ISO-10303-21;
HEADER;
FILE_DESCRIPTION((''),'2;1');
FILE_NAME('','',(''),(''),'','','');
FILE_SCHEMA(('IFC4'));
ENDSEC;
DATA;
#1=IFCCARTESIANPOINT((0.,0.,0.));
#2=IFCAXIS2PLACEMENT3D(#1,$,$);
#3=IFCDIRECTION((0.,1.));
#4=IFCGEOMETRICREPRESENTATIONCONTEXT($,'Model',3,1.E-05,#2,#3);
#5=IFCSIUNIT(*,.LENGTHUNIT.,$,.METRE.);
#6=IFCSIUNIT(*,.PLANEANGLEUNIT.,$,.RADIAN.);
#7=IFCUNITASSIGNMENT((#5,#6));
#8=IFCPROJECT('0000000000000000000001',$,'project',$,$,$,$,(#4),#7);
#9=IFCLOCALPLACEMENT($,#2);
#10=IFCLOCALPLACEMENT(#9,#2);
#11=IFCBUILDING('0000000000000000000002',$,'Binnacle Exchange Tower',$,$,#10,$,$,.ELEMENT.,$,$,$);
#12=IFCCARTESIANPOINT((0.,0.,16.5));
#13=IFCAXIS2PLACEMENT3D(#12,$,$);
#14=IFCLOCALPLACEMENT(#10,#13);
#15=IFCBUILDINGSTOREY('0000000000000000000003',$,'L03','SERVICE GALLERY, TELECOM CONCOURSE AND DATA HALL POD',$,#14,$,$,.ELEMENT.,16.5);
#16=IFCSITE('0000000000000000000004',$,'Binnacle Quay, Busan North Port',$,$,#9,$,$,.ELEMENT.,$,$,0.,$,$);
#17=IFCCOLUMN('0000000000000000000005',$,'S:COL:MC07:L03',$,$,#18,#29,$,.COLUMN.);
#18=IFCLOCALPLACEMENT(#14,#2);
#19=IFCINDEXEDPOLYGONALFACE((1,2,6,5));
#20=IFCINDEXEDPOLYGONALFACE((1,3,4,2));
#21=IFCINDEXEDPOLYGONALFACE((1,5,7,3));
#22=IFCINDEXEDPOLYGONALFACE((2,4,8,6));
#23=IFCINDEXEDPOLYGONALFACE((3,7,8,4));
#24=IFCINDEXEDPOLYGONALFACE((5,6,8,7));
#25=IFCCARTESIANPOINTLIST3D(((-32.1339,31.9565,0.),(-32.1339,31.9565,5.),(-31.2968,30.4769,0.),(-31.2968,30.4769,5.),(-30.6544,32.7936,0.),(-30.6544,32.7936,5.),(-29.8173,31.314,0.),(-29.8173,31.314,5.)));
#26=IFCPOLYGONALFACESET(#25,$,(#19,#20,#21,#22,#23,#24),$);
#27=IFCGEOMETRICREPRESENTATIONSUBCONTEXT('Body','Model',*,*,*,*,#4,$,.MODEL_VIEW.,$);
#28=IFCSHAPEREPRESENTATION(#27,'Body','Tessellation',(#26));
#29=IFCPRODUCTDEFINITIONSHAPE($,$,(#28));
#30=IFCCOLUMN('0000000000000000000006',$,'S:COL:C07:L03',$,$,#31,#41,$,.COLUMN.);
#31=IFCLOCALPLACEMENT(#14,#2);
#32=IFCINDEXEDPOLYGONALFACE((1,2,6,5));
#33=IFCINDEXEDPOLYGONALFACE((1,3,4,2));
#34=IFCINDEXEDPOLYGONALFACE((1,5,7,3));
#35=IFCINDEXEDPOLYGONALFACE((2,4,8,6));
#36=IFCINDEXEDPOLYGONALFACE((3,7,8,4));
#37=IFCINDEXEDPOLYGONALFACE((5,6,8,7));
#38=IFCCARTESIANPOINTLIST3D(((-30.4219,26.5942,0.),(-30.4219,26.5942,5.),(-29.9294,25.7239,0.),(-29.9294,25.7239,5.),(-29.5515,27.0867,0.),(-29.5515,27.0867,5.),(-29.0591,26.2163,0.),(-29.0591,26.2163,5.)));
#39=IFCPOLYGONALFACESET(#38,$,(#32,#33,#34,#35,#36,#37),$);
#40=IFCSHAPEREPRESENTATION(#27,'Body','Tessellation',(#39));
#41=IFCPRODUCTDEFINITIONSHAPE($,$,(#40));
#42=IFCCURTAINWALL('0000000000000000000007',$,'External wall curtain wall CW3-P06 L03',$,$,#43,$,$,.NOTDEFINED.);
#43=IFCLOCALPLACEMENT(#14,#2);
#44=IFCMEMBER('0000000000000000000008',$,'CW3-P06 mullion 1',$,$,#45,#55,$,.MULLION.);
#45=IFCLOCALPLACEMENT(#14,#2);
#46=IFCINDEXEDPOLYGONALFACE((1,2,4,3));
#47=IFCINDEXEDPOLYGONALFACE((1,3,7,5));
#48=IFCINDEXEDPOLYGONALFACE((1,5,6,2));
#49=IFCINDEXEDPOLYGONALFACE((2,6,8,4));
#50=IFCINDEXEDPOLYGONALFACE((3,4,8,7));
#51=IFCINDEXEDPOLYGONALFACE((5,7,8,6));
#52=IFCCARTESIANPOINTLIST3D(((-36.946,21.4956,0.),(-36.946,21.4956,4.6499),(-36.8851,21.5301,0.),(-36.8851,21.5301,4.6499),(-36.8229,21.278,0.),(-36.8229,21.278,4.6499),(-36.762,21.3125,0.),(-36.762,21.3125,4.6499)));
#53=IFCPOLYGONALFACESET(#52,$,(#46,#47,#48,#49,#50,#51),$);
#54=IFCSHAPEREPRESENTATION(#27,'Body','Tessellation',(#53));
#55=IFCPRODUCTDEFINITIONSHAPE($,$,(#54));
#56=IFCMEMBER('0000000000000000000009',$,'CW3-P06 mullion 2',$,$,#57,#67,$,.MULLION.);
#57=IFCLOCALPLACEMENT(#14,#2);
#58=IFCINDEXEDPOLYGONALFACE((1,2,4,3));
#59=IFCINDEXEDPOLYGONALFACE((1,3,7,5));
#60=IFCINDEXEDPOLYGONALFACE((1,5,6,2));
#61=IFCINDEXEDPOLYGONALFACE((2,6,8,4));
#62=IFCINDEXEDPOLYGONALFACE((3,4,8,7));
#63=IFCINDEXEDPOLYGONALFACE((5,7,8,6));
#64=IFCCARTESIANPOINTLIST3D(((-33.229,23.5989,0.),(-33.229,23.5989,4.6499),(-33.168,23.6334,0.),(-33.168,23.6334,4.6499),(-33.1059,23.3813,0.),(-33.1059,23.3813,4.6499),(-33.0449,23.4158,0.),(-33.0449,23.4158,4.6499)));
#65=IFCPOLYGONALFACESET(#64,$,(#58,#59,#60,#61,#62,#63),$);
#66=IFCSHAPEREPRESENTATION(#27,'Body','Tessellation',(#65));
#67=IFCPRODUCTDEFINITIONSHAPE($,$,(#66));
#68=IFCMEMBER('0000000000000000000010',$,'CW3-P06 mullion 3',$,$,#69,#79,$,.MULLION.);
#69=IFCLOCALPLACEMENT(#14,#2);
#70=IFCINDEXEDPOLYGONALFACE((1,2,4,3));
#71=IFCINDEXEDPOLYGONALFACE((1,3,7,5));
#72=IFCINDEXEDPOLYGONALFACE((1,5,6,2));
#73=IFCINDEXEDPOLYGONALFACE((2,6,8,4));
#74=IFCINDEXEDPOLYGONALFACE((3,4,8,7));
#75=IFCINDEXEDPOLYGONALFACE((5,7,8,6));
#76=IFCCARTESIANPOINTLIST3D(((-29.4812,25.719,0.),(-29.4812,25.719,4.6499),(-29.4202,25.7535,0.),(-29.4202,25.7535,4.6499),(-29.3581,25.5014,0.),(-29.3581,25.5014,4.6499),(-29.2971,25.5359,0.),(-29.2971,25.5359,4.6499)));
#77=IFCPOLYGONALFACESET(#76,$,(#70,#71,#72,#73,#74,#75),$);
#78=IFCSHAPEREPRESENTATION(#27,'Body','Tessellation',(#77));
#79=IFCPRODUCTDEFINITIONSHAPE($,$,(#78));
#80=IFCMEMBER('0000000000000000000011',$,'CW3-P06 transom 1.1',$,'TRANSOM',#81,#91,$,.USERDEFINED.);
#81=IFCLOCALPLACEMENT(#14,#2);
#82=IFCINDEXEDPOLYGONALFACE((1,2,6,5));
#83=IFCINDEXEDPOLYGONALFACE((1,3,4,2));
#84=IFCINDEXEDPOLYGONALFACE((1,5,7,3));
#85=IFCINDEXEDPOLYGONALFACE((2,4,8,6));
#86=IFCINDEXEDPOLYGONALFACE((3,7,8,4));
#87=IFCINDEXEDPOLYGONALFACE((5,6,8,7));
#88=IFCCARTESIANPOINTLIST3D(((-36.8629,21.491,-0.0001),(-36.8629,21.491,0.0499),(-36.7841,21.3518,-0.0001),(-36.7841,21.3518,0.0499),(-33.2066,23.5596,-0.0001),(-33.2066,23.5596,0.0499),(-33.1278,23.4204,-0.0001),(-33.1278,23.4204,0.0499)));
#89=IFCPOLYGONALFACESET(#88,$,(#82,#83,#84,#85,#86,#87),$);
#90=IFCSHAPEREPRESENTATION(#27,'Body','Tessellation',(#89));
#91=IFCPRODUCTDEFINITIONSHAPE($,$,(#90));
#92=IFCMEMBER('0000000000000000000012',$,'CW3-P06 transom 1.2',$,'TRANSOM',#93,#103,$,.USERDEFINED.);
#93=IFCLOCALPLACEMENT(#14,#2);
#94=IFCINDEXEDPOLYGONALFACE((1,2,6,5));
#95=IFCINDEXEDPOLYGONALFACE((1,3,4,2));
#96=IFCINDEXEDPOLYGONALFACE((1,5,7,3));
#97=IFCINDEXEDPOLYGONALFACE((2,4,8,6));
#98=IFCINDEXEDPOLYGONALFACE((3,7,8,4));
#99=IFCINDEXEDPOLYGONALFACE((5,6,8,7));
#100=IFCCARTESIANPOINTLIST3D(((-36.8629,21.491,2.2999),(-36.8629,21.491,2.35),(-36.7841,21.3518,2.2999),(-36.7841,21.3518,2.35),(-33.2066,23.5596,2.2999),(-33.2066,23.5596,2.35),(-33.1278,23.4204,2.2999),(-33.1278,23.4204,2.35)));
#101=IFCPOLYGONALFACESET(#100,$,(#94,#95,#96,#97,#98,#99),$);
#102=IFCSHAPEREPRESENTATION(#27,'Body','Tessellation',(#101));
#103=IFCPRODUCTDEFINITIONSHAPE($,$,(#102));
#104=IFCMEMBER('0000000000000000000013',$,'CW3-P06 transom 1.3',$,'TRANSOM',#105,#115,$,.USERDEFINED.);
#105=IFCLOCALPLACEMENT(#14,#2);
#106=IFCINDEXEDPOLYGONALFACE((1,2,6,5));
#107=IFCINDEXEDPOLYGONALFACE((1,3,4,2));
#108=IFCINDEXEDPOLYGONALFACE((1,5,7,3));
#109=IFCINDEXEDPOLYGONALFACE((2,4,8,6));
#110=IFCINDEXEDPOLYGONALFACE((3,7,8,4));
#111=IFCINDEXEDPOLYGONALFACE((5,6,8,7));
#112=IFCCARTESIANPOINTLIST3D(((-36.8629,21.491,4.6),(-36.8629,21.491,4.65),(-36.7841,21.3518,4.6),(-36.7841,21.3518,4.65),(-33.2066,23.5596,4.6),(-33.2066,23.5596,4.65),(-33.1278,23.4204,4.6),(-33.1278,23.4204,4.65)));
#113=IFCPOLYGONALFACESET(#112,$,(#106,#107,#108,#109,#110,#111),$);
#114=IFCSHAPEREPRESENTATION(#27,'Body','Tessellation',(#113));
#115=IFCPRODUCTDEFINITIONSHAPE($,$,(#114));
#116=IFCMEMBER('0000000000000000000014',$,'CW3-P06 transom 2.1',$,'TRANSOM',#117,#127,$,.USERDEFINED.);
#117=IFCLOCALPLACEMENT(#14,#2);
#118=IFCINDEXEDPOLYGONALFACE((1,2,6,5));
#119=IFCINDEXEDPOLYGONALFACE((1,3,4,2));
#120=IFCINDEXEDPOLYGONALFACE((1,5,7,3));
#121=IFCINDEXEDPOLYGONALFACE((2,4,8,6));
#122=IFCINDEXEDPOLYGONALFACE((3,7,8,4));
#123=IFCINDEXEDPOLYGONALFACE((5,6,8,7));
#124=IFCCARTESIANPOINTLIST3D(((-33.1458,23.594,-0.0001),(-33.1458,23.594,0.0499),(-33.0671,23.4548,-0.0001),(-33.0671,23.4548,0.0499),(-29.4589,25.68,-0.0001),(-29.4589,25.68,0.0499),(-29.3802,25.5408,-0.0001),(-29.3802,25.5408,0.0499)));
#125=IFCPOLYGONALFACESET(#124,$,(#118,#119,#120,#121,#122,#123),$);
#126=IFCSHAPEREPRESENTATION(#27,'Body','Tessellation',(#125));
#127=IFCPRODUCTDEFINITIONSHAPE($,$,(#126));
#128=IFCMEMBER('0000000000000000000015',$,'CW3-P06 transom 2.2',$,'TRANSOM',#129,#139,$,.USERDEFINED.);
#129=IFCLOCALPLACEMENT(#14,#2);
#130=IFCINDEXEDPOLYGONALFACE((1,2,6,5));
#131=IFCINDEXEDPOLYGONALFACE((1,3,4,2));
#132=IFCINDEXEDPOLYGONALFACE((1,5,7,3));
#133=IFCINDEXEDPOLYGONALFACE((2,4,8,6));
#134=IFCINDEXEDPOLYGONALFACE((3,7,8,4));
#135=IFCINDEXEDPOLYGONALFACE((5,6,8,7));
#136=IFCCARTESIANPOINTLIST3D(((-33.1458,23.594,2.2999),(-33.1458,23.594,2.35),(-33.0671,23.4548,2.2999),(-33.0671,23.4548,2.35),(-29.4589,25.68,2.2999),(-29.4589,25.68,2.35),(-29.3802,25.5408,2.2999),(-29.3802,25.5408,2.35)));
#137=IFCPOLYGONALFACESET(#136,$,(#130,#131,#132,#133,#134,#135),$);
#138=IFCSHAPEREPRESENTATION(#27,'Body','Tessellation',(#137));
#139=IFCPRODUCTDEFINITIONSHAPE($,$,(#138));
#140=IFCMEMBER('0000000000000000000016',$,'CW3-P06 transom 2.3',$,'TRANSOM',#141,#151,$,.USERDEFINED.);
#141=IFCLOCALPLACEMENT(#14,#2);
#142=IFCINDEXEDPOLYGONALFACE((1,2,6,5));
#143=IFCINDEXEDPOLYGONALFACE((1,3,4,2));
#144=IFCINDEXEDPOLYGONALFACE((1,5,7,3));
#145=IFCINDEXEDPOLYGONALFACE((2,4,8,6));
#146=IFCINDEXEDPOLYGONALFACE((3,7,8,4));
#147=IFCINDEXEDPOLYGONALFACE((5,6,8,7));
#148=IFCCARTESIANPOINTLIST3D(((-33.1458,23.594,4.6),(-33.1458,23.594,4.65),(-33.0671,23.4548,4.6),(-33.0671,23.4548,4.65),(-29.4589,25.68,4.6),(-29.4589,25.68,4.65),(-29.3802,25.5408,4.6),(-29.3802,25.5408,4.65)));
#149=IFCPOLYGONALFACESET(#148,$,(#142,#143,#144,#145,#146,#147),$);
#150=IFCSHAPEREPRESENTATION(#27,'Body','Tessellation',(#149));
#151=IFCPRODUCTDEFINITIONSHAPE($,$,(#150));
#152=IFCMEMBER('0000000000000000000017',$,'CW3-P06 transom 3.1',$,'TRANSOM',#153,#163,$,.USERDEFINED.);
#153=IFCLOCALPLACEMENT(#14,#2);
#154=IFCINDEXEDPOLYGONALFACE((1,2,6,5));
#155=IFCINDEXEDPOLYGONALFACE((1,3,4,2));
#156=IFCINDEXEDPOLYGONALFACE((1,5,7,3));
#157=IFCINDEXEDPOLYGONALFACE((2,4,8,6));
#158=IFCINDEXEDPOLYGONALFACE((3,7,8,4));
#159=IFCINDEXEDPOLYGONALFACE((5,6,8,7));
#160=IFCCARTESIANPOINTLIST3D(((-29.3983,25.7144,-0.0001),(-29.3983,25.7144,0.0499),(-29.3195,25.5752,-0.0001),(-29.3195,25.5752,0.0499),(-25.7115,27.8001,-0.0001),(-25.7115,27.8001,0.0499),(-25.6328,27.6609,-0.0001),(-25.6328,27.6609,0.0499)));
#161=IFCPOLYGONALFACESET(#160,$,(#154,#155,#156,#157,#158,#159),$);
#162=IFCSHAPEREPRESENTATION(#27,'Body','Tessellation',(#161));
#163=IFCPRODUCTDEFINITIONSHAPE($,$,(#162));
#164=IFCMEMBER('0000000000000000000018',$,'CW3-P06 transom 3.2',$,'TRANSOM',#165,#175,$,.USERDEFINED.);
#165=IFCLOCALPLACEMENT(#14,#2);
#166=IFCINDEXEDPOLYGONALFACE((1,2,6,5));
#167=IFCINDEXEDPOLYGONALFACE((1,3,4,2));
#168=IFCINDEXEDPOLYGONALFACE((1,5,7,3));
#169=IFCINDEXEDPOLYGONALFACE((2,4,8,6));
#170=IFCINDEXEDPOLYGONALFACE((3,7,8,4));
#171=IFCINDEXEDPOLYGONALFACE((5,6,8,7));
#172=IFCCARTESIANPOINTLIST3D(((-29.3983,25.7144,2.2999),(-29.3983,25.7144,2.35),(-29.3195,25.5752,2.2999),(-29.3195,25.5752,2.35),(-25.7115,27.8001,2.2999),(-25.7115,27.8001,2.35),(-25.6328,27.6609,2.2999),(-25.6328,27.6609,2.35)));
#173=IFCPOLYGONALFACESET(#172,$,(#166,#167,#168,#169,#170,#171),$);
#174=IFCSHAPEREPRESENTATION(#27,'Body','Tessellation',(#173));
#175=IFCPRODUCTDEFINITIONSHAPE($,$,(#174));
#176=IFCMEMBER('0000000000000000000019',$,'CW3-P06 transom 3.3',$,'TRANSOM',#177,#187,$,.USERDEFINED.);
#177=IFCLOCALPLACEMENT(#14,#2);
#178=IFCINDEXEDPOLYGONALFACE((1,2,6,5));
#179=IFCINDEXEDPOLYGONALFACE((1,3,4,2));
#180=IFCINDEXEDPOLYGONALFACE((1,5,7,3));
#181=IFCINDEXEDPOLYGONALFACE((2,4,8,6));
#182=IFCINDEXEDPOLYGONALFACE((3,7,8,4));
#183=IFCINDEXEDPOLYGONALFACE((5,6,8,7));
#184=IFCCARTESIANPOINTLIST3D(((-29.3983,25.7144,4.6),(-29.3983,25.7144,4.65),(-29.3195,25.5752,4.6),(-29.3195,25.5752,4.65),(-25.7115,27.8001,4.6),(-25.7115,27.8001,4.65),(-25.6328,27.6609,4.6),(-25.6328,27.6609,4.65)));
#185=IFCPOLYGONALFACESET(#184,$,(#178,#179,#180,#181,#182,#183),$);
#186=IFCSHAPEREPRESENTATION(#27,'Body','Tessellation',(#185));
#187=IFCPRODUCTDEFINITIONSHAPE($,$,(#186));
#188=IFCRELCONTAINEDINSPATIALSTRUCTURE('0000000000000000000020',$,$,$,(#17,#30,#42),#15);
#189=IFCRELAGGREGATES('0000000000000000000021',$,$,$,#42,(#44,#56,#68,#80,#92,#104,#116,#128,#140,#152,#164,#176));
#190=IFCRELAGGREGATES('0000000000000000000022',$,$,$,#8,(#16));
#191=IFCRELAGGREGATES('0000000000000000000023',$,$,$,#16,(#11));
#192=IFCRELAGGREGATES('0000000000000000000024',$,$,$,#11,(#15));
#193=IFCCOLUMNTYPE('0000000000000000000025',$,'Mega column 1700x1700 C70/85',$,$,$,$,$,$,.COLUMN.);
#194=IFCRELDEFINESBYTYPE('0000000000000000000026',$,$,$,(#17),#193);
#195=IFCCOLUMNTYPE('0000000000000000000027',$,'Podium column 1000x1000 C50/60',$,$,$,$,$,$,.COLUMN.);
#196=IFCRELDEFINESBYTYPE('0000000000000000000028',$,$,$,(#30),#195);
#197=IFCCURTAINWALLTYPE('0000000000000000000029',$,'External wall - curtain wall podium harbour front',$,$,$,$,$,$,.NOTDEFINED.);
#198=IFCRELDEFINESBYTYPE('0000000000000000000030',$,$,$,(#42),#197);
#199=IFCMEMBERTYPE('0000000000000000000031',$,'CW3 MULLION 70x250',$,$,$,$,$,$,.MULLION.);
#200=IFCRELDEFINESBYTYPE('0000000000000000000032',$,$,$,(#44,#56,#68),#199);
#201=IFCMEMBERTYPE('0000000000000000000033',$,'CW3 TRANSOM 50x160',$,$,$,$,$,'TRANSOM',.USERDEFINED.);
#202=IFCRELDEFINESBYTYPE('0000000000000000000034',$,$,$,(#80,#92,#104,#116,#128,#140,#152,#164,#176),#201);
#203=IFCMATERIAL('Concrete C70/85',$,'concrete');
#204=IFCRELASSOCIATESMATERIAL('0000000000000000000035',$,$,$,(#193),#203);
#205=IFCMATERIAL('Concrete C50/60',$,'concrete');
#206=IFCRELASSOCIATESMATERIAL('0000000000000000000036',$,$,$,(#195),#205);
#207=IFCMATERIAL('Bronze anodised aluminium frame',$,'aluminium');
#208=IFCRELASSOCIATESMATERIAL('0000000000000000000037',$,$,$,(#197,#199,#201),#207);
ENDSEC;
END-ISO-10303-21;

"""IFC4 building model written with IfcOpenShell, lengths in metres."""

from ifc_helpers import new_model, si_unit, direction, frame, origin, origin_2d, place, context, subcontext, project, spatial, rectangle, extrude, material, material_profile, profile_set, type_object, element, aggregate, save


model = new_model("IFC4")

# Units and contexts
model_context = context("Model", 3, precision=1e-05, world=origin(), true_north=direction((0.0, 1.0)))
body_context = subcontext(model_context, "Body", "Model", "MODEL_VIEW")
ifc_project = project(units=[si_unit("LENGTHUNIT", "METRE"), si_unit("PLANEANGLEUNIT", "RADIAN")], contexts=[model_context])

# Site, building, storey
site_placement = place(None, origin())
site = spatial("IfcSite", under=ifc_project, at=site_placement, Name="Binnacle Quay, Busan North Port", CompositionType="ELEMENT", RefElevation=0.0)
building_placement = place(site_placement, origin())
building = spatial("IfcBuilding", under=site, at=building_placement, Name="Binnacle Exchange Tower", CompositionType="ELEMENT")
storey_placement = place(building_placement, frame((0.0, 0.0, 16.5)))
storey = spatial("IfcBuildingStorey", under=building, at=storey_placement, Name="L03", Description="SERVICE GALLERY, TELECOM CONCOURSE AND DATA HALL POD", CompositionType="ELEMENT", Elevation=16.5)

# Columns
ifc_material_1 = material(Name="Concrete C70/85", Category="concrete")
ifc_material_profile_1 = material_profile(ifc_material_1, rectangle(XDim=1.7, YDim=1.7, at=origin_2d()), Name="Mega column 1700x1700 C70/85")
ifc_profile_set_1 = profile_set([ifc_material_profile_1], Name="Concrete C70/85")
column_type_1 = type_object("IfcColumnType", Name="Mega column 1700x1700 C70/85", PredefinedType="COLUMN", material=ifc_profile_set_1)
column_1_placement = place(storey_placement, frame((-30.9756, 31.6353, 0.0), z_axis=(0.0, 0.0, 1.0), x_axis=(0.870356, 0.492424, 0.0)))
element("IfcColumn", 1, at=column_1_placement, inside=storey, type_object=column_type_1, Name="S:COL:MC07:L03", PredefinedType="COLUMN", context=body_context, shape_type="SweptSolid", body=[
    extrude(rectangle(XDim=1.7, YDim=1.7, at=origin_2d()), origin(), (0.0, 0.0, 1.0), 5.0),
])
ifc_material_2 = material(Name="Concrete C50/60", Category="concrete")
ifc_material_profile_2 = material_profile(ifc_material_2, rectangle(XDim=1.0, YDim=1.0, at=origin_2d()), Name="Podium column 1000x1000 C50/60")
ifc_profile_set_2 = profile_set([ifc_material_profile_2], Name="Concrete C50/60")
column_type_2 = type_object("IfcColumnType", Name="Podium column 1000x1000 C50/60", PredefinedType="COLUMN", material=ifc_profile_set_2)
column_2_placement = place(storey_placement, frame((-29.7405, 26.4053, 0.0), z_axis=(0.0, 0.0, 1.0), x_axis=(0.870356, 0.492424, 0.0)))
element("IfcColumn", 2, at=column_2_placement, inside=storey, type_object=column_type_2, Name="S:COL:C07:L03", PredefinedType="COLUMN", context=body_context, shape_type="SweptSolid", body=[
    extrude(rectangle(XDim=1.0, YDim=1.0, at=origin_2d()), origin(), (0.0, 0.0, 1.0), 5.0),
])

# Curtain wall, members
ifc_material_3 = material(Name="Bronze anodised aluminium frame", Category="aluminium")
curtain_wall_type = type_object("IfcCurtainWallType", Name="External wall - curtain wall podium harbour front", PredefinedType="NOTDEFINED", material=ifc_material_3)
curtain_wall_placement = place(storey_placement, origin())
curtain_wall = element("IfcCurtainWall", 3, at=curtain_wall_placement, inside=storey, type_object=curtain_wall_type, Name="External wall curtain wall CW3-P06 L03", PredefinedType="NOTDEFINED")
ifc_material_profile_3 = material_profile(ifc_material_3, rectangle(XDim=0.25, YDim=0.0701, at=origin_2d()), Name="AL 70x250")
ifc_profile_set_3 = profile_set([ifc_material_profile_3], Name="Bronze anodised aluminium frame")
member_type_1 = type_object("IfcMemberType", Name="CW3 MULLION 70x250", PredefinedType="MULLION", material=ifc_profile_set_3)
member_1_placement = place(storey_placement, frame((-36.854, 21.4041, 0.0), z_axis=(0.0, 0.0, 1.0), x_axis=(-0.492424, 0.870356, 0.0)))
member_1 = element("IfcMember", 4, at=member_1_placement, type_object=member_type_1, Name="CW3-P06 mullion 1", PredefinedType="MULLION", context=body_context, shape_type="SweptSolid", body=[
    extrude(rectangle(XDim=0.25, YDim=0.0701, at=origin_2d()), origin(), (0.0, 0.0, 1.0), 4.6499),
])
member_2_placement = place(storey_placement, frame((-33.137, 23.5073, 0.0), z_axis=(0.0, 0.0, 1.0), x_axis=(-0.492424, 0.870356, 0.0)))
member_2 = element("IfcMember", 5, at=member_2_placement, type_object=member_type_1, Name="CW3-P06 mullion 2", PredefinedType="MULLION", context=body_context, shape_type="SweptSolid", body=[
    extrude(rectangle(XDim=0.25, YDim=0.0701, at=origin_2d()), origin(), (0.0, 0.0, 1.0), 4.6499),
])
member_3_placement = place(storey_placement, frame((-29.3892, 25.6274, 0.0), z_axis=(0.0, 0.0, 1.0), x_axis=(-0.492424, 0.870356, 0.0)))
member_3 = element("IfcMember", 6, at=member_3_placement, type_object=member_type_1, Name="CW3-P06 mullion 3", PredefinedType="MULLION", context=body_context, shape_type="SweptSolid", body=[
    extrude(rectangle(XDim=0.25, YDim=0.0701, at=origin_2d()), origin(), (0.0, 0.0, 1.0), 4.6499),
])
ifc_material_profile_4 = material_profile(ifc_material_3, rectangle(XDim=0.1599, YDim=0.05, at=origin_2d()), Name="AL 160x50")
ifc_profile_set_4 = profile_set([ifc_material_profile_4], Name="Bronze anodised aluminium frame")
member_type_2 = type_object("IfcMemberType", Name="CW3 TRANSOM 50x160", ElementType="TRANSOM", PredefinedType="USERDEFINED", material=ifc_profile_set_4)
member_4_placement = place(storey_placement, frame((-36.8235, 21.4214, 0.0249), z_axis=(0.870356, 0.492423, 0.0), x_axis=(-0.492423, 0.870356, 0.0)))
member_4 = element("IfcMember", 7, at=member_4_placement, type_object=member_type_2, Name="CW3-P06 transom 1.1", ObjectType="TRANSOM", PredefinedType="USERDEFINED", context=body_context, shape_type="SweptSolid", body=[
    extrude(rectangle(XDim=0.1599, YDim=0.05, at=origin_2d()), origin(), (0.0, 0.0, 1.0), 4.2009),
])
member_5_placement = place(storey_placement, frame((-36.8235, 21.4214, 2.325), z_axis=(0.870356, 0.492423, 0.0), x_axis=(-0.492423, 0.870356, 0.0)))
member_5 = element("IfcMember", 8, at=member_5_placement, type_object=member_type_2, Name="CW3-P06 transom 1.2", ObjectType="TRANSOM", PredefinedType="USERDEFINED", context=body_context, shape_type="SweptSolid", body=[
    extrude(rectangle(XDim=0.1599, YDim=0.05, at=origin_2d()), origin(), (0.0, 0.0, 1.0), 4.2009),
])
member_6_placement = place(storey_placement, frame((-36.8235, 21.4214, 4.625), z_axis=(0.870356, 0.492423, 0.0), x_axis=(-0.492423, 0.870356, 0.0)))
member_6 = element("IfcMember", 9, at=member_6_placement, type_object=member_type_2, Name="CW3-P06 transom 1.3", ObjectType="TRANSOM", PredefinedType="USERDEFINED", context=body_context, shape_type="SweptSolid", body=[
    extrude(rectangle(XDim=0.1599, YDim=0.05, at=origin_2d()), origin(), (0.0, 0.0, 1.0), 4.2009),
])
member_7_placement = place(storey_placement, frame((-33.1064, 23.5244, 0.0249), z_axis=(0.870349, 0.492435, 0.0), x_axis=(-0.492435, 0.870349, 0.0)))
member_7 = element("IfcMember", 10, at=member_7_placement, type_object=member_type_2, Name="CW3-P06 transom 2.1", ObjectType="TRANSOM", PredefinedType="USERDEFINED", context=body_context, shape_type="SweptSolid", body=[
    extrude(rectangle(XDim=0.1599, YDim=0.05, at=origin_2d()), origin(), (0.0, 0.0, 1.0), 4.2361),
])
member_8_placement = place(storey_placement, frame((-33.1064, 23.5244, 2.325), z_axis=(0.870349, 0.492435, 0.0), x_axis=(-0.492435, 0.870349, 0.0)))
member_8 = element("IfcMember", 11, at=member_8_placement, type_object=member_type_2, Name="CW3-P06 transom 2.2", ObjectType="TRANSOM", PredefinedType="USERDEFINED", context=body_context, shape_type="SweptSolid", body=[
    extrude(rectangle(XDim=0.1599, YDim=0.05, at=origin_2d()), origin(), (0.0, 0.0, 1.0), 4.2361),
])
member_9_placement = place(storey_placement, frame((-33.1064, 23.5244, 4.625), z_axis=(0.870349, 0.492435, 0.0), x_axis=(-0.492435, 0.870349, 0.0)))
member_9 = element("IfcMember", 12, at=member_9_placement, type_object=member_type_2, Name="CW3-P06 transom 2.3", ObjectType="TRANSOM", PredefinedType="USERDEFINED", context=body_context, shape_type="SweptSolid", body=[
    extrude(rectangle(XDim=0.1599, YDim=0.05, at=origin_2d()), origin(), (0.0, 0.0, 1.0), 4.2361),
])
member_10_placement = place(storey_placement, frame((-29.3589, 25.6448, 0.0249), z_axis=(0.870374, 0.492391, 0.0), x_axis=(-0.492391, 0.870374, 0.0)))
member_10 = element("IfcMember", 13, at=member_10_placement, type_object=member_type_2, Name="CW3-P06 transom 3.1", ObjectType="TRANSOM", PredefinedType="USERDEFINED", context=body_context, shape_type="SweptSolid", body=[
    extrude(rectangle(XDim=0.1599, YDim=0.05, at=origin_2d()), origin(), (0.0, 0.0, 1.0), 4.2358),
])
member_11_placement = place(storey_placement, frame((-29.3589, 25.6448, 2.325), z_axis=(0.870374, 0.492391, 0.0), x_axis=(-0.492391, 0.870374, 0.0)))
member_11 = element("IfcMember", 14, at=member_11_placement, type_object=member_type_2, Name="CW3-P06 transom 3.2", ObjectType="TRANSOM", PredefinedType="USERDEFINED", context=body_context, shape_type="SweptSolid", body=[
    extrude(rectangle(XDim=0.1599, YDim=0.05, at=origin_2d()), origin(), (0.0, 0.0, 1.0), 4.2358),
])
member_12_placement = place(storey_placement, frame((-29.3589, 25.6448, 4.625), z_axis=(0.870374, 0.492391, 0.0), x_axis=(-0.492391, 0.870374, 0.0)))
member_12 = element("IfcMember", 15, at=member_12_placement, type_object=member_type_2, Name="CW3-P06 transom 3.3", ObjectType="TRANSOM", PredefinedType="USERDEFINED", context=body_context, shape_type="SweptSolid", body=[
    extrude(rectangle(XDim=0.1599, YDim=0.05, at=origin_2d()), origin(), (0.0, 0.0, 1.0), 4.2358),
])

aggregate(curtain_wall, [member_1, member_2, member_3, member_4, member_5, member_6, member_7, member_8, member_9, member_10, member_11, member_12])

save(model, "model.ifc")
